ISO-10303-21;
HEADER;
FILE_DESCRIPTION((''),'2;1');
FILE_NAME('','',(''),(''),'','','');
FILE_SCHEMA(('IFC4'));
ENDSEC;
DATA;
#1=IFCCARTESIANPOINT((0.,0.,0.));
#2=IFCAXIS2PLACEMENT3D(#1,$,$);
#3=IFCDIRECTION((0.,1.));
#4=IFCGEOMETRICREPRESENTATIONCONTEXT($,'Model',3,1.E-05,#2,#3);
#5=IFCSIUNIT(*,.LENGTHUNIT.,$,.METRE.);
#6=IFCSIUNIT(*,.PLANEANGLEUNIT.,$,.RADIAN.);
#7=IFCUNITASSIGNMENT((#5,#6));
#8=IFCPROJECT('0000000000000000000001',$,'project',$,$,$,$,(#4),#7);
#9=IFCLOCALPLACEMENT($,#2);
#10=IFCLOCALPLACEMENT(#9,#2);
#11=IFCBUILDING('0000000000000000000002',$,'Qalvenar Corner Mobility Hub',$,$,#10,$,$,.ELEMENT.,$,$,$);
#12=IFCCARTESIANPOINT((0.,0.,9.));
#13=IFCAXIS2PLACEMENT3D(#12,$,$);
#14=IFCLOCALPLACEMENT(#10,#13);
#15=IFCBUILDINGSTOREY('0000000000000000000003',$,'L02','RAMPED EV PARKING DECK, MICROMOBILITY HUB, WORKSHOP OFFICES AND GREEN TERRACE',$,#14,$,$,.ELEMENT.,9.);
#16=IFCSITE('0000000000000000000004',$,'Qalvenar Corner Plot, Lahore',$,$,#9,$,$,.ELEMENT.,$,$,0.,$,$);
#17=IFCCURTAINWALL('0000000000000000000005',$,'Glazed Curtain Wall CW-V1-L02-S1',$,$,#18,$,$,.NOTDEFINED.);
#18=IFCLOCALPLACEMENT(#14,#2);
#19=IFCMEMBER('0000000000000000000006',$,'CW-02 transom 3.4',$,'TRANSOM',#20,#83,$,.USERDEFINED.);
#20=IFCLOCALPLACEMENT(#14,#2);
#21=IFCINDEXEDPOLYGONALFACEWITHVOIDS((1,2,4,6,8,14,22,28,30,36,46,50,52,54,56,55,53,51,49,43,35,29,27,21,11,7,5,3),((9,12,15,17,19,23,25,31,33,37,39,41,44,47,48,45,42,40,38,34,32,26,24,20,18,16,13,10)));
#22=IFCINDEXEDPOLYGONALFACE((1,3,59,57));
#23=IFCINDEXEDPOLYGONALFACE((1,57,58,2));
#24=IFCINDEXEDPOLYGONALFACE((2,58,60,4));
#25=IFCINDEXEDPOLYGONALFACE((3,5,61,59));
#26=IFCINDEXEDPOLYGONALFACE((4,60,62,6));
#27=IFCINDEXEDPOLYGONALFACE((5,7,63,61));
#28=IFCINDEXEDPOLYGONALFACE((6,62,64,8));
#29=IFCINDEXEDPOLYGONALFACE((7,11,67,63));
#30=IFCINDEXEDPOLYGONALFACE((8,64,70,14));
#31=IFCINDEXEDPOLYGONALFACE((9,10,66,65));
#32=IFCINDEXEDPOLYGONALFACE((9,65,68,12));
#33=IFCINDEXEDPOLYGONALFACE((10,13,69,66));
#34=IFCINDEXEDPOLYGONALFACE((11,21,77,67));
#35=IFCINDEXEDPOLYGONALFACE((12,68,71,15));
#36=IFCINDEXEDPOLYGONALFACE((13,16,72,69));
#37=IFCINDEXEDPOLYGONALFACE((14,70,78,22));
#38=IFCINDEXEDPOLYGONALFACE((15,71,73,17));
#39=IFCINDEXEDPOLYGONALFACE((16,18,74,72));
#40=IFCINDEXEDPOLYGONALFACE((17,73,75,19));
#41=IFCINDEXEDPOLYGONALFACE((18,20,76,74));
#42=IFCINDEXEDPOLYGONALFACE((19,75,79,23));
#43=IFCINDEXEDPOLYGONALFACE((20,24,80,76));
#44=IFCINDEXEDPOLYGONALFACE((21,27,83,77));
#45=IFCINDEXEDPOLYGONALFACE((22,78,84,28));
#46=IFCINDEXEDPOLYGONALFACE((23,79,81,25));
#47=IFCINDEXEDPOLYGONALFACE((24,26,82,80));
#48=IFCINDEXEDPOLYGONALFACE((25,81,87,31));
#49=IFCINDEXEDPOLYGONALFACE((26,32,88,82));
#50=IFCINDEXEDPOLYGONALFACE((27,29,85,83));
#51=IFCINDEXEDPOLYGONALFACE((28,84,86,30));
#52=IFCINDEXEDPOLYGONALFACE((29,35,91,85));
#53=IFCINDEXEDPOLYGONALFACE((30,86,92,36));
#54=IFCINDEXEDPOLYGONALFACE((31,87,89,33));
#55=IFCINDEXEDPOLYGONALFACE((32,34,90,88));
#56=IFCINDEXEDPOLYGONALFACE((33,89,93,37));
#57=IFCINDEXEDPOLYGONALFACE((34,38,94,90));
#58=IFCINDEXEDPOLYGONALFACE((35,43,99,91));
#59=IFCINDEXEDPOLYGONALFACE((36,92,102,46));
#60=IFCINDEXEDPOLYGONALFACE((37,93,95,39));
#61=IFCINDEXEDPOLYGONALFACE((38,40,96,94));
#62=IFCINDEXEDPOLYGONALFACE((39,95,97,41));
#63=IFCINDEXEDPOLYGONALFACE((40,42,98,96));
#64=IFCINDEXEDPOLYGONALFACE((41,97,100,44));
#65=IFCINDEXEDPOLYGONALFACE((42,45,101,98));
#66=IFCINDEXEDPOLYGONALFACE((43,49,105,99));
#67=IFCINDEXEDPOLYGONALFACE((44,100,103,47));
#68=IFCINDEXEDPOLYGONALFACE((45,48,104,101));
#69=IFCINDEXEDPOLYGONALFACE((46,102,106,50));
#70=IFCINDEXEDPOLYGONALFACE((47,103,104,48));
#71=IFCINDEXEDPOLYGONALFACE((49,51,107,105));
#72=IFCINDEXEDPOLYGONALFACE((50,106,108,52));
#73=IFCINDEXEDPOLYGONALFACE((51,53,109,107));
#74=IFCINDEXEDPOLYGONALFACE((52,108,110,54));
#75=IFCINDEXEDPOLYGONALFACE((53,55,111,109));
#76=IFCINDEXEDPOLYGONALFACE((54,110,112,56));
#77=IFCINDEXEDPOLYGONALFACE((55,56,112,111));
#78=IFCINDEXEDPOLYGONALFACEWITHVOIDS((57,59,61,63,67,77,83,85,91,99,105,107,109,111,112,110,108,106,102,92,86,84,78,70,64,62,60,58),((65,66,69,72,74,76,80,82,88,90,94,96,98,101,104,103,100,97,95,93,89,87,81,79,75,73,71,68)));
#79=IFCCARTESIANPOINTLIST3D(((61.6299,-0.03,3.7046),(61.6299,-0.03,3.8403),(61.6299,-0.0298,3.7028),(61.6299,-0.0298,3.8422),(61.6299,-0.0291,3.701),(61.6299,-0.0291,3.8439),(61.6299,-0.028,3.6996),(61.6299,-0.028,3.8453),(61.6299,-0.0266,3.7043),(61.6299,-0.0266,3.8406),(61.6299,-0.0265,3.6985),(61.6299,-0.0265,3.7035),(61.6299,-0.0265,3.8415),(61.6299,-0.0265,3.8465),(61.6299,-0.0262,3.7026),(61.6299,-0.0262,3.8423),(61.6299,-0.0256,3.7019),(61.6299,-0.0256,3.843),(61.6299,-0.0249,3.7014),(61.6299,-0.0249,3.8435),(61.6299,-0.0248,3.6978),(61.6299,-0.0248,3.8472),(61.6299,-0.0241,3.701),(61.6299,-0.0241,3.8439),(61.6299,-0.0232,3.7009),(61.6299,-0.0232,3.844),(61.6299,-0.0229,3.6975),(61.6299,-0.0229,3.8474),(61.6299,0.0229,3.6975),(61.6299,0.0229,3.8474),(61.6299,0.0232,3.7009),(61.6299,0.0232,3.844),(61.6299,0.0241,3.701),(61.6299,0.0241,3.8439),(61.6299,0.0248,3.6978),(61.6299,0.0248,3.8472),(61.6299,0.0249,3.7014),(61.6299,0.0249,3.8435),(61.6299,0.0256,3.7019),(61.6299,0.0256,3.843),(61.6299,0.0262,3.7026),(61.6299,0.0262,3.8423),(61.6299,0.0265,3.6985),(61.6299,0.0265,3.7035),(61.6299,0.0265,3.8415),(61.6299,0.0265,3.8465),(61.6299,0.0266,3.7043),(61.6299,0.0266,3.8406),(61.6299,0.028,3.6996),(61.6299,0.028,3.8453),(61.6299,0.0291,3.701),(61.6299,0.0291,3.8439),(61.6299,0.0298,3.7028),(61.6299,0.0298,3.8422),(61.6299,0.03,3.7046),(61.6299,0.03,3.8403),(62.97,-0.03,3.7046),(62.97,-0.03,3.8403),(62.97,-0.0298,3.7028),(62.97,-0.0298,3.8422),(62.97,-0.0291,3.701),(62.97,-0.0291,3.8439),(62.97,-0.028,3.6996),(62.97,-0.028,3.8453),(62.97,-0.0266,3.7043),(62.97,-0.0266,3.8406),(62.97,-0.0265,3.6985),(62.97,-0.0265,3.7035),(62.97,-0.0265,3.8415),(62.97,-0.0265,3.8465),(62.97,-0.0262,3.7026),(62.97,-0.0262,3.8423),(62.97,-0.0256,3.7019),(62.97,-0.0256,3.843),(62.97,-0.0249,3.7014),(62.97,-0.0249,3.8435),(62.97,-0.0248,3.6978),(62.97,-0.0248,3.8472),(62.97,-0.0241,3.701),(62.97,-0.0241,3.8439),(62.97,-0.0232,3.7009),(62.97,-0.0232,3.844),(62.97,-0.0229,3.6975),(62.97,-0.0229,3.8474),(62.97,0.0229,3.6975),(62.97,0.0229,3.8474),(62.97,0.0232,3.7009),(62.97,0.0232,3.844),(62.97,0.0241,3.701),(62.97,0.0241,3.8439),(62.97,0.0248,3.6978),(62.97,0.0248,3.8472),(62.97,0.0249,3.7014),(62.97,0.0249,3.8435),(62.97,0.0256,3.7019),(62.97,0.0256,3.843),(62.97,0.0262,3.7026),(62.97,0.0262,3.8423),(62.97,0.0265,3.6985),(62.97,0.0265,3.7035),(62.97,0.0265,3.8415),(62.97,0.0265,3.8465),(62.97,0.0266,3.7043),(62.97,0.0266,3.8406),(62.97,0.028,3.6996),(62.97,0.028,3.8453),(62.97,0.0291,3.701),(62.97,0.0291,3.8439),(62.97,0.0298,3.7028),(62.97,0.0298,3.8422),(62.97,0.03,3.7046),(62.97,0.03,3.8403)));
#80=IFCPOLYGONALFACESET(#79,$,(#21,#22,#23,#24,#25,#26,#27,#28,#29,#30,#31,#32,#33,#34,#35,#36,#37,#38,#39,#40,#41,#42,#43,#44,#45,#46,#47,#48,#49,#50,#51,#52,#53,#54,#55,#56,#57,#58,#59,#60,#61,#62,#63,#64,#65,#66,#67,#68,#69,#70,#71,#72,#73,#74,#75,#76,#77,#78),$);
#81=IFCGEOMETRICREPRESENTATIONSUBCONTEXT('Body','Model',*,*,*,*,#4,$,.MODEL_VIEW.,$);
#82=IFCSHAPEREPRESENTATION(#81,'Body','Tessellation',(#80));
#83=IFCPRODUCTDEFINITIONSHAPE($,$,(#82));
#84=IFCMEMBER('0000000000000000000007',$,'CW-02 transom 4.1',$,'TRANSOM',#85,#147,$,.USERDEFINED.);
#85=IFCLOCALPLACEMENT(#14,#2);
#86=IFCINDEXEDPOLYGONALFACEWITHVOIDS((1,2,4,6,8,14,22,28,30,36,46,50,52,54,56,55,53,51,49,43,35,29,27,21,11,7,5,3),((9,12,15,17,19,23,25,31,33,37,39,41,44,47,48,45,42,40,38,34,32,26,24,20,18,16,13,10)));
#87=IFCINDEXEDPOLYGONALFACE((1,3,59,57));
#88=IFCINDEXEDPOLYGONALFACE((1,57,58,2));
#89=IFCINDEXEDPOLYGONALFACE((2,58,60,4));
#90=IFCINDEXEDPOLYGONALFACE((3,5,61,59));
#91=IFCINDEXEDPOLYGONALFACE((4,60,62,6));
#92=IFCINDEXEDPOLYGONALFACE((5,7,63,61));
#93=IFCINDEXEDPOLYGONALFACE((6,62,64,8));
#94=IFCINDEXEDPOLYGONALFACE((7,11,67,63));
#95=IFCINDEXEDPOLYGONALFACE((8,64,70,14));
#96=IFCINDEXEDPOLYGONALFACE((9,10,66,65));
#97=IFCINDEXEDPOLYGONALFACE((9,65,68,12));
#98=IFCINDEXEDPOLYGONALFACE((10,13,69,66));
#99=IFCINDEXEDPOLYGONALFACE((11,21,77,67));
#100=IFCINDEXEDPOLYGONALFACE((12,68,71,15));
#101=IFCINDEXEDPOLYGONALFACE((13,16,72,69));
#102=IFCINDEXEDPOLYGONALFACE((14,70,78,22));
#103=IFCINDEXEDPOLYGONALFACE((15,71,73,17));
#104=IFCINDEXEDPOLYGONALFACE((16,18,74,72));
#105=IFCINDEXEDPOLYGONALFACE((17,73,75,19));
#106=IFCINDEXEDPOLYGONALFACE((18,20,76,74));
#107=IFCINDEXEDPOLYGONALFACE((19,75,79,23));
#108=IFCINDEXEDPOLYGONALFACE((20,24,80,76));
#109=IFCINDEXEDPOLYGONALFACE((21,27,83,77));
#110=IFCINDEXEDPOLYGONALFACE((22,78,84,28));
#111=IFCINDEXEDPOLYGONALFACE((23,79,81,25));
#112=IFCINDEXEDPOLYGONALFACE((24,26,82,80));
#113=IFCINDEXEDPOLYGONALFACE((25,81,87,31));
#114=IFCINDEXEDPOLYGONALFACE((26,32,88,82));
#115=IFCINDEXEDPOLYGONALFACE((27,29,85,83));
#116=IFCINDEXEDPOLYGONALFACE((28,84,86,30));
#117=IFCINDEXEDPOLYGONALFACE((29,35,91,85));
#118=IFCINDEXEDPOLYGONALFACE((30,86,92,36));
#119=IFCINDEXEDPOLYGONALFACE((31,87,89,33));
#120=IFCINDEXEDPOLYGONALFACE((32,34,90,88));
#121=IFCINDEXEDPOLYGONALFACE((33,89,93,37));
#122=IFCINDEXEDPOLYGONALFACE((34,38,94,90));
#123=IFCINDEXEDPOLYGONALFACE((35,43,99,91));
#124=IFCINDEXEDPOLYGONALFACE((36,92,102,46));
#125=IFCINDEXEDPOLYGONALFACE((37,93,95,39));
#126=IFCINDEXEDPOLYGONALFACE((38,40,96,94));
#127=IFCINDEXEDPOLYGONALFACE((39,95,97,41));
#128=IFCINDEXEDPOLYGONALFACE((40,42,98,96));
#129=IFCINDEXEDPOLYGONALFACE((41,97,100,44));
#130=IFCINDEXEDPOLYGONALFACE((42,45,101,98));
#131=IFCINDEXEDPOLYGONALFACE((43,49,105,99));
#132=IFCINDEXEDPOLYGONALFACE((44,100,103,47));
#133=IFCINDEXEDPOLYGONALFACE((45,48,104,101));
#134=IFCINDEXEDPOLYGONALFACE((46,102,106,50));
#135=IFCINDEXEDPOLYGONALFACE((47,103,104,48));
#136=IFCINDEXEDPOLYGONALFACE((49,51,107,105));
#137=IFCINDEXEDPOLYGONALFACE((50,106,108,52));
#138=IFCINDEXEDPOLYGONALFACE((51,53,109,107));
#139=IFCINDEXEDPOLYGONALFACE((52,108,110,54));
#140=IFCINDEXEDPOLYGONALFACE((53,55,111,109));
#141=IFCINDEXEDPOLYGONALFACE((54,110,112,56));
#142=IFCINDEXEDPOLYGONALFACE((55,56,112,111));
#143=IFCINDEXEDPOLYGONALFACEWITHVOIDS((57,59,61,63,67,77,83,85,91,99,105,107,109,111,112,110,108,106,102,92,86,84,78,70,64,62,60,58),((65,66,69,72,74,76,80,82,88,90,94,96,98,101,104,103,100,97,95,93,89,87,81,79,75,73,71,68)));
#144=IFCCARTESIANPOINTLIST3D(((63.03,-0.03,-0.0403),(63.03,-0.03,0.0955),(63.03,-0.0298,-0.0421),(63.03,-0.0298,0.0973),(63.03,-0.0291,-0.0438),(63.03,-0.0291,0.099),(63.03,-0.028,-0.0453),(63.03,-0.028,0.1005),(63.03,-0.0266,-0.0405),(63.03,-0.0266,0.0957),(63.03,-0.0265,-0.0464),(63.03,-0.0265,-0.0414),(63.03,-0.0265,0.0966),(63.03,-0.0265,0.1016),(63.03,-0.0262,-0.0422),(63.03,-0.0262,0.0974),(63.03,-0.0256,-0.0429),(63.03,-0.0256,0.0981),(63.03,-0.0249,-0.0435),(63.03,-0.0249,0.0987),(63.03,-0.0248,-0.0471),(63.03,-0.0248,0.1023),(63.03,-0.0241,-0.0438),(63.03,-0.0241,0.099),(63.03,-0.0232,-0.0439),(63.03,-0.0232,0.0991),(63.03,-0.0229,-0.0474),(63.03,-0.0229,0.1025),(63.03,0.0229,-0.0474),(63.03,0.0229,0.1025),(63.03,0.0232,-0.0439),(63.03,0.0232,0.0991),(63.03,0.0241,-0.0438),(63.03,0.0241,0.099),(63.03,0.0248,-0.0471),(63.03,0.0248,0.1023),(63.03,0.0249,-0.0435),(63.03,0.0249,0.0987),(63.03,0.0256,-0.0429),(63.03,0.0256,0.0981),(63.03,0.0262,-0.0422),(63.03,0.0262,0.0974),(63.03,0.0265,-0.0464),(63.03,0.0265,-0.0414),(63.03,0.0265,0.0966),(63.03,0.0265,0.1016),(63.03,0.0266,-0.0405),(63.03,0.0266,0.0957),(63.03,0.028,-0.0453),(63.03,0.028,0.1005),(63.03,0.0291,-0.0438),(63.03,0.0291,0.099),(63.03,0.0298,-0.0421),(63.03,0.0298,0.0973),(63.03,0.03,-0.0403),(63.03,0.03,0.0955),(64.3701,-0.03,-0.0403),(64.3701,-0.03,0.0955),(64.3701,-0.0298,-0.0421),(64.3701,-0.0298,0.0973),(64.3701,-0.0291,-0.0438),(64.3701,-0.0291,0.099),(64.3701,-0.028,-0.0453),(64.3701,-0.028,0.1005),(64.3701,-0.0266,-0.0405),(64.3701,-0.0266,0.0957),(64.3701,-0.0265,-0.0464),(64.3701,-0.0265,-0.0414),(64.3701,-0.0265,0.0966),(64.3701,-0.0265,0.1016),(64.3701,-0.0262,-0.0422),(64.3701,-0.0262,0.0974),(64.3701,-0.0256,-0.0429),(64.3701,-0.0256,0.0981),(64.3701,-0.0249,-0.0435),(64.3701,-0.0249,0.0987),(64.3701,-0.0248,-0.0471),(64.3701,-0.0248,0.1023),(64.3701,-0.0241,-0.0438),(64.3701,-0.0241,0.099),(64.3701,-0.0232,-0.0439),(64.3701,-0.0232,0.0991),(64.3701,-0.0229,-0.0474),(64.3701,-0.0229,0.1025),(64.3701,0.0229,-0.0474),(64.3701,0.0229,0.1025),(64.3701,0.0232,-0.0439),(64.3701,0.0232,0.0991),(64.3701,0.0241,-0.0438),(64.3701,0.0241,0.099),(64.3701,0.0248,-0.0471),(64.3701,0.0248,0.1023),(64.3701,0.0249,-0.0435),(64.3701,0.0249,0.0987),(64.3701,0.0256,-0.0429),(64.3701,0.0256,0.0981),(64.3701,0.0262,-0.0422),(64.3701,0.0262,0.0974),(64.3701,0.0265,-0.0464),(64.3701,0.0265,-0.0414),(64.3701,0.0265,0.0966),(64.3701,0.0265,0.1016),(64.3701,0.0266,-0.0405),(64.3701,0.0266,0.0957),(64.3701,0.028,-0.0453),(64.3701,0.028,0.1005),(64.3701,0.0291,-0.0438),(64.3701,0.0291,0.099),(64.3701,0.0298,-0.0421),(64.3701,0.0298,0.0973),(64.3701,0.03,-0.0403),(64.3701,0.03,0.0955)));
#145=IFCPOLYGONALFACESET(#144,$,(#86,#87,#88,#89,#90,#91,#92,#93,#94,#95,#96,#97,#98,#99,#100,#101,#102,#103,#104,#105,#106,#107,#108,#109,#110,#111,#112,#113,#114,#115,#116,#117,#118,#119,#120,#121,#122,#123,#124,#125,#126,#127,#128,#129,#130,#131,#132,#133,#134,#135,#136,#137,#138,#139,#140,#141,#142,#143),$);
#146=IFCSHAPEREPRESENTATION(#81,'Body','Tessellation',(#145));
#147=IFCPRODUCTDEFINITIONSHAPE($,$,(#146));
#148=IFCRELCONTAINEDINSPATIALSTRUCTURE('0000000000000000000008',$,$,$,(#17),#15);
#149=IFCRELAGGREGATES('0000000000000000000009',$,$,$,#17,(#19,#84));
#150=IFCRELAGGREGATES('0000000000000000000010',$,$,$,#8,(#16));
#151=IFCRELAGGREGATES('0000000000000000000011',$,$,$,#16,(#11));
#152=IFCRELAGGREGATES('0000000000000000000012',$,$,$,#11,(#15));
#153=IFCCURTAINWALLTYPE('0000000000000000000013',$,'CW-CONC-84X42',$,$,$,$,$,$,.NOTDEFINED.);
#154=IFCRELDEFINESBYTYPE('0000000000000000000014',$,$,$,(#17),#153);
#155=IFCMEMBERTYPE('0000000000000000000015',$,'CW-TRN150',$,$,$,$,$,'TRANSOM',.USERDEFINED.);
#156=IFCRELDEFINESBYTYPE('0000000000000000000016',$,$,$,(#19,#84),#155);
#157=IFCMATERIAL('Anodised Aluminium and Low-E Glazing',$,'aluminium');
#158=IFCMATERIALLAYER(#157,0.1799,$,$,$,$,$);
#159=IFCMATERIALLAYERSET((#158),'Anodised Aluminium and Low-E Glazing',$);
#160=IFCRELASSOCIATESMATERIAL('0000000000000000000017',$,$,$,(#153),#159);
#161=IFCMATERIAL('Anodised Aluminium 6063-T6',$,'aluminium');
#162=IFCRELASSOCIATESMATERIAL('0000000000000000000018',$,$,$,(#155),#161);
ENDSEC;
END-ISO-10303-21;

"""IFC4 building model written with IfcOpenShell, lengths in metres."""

from ifc_helpers import new_model, si_unit, direction, frame, origin, origin_2d, place, context, subcontext, project, spatial, hollow_rectangle, extrude, material, layer, layer_set, material_profile, profile_set, type_object, element, aggregate, save


model = new_model("IFC4")

# Units and contexts
model_context = context("Model", 3, precision=1e-05, world=origin(), true_north=direction((0.0, 1.0)))
body_context = subcontext(model_context, "Body", "Model", "MODEL_VIEW")
ifc_project = project(units=[si_unit("LENGTHUNIT", "METRE"), si_unit("PLANEANGLEUNIT", "RADIAN")], contexts=[model_context])

# Site, building, storey
site_placement = place(None, origin())
site = spatial("IfcSite", under=ifc_project, at=site_placement, Name="Qalvenar Corner Plot, Lahore", CompositionType="ELEMENT", RefElevation=0.0)
building_placement = place(site_placement, origin())
building = spatial("IfcBuilding", under=site, at=building_placement, Name="Qalvenar Corner Mobility Hub", CompositionType="ELEMENT")
storey_placement = place(building_placement, frame((0.0, 0.0, 9.0)))
storey = spatial("IfcBuildingStorey", under=building, at=storey_placement, Name="L02", Description="RAMPED EV PARKING DECK, MICROMOBILITY HUB, WORKSHOP OFFICES AND GREEN TERRACE", CompositionType="ELEMENT", Elevation=9.0)

# Curtain wall, members
ifc_material_1 = material(Name="Anodised Aluminium and Low-E Glazing", Category="aluminium")
ifc_layer_1 = layer(ifc_material_1, 0.1799)
ifc_layer_set_1 = layer_set([ifc_layer_1], Name="Anodised Aluminium and Low-E Glazing")
curtain_wall_type = type_object("IfcCurtainWallType", Name="CW-CONC-84X42", PredefinedType="NOTDEFINED", material=ifc_layer_set_1)
curtain_wall_placement = place(storey_placement, origin())
curtain_wall = element("IfcCurtainWall", 1, at=curtain_wall_placement, inside=storey, type_object=curtain_wall_type, Name="Glazed Curtain Wall CW-V1-L02-S1", PredefinedType="NOTDEFINED")
ifc_material_2 = material(Name="Anodised Aluminium 6063-T6", Category="aluminium")
ifc_material_profile_1 = material_profile(ifc_material_2, hollow_rectangle(XDim=0.0601, YDim=0.1499, WallThickness=0.0034, InnerFilletRadius=0.0034, OuterFilletRadius=0.0071, at=origin_2d()), Name="RHS150x60x3.5")
ifc_profile_set_1 = profile_set([ifc_material_profile_1], Name="Anodised Aluminium 6063-T6")
member_type_1 = type_object("IfcMemberType", Name="CW-TRN150", ElementType="TRANSOM", PredefinedType="USERDEFINED", material=ifc_profile_set_1)
member_1_placement = place(storey_placement, frame((61.6299, 0.0, 3.7725), z_axis=(1.0, 0.0, 0.0), x_axis=(0.0, 1.0, 0.0)))
member_1 = element("IfcMember", 2, at=member_1_placement, type_object=member_type_1, Name="CW-02 transom 3.4", ObjectType="TRANSOM", PredefinedType="USERDEFINED", context=body_context, shape_type="SweptSolid", body=[
    extrude(hollow_rectangle(XDim=0.0601, YDim=0.1499, WallThickness=0.0034, InnerFilletRadius=0.0034, OuterFilletRadius=0.0071, at=origin_2d()), origin(), (0.0, 0.0, 1.0), 1.3401),
])
member_2_placement = place(storey_placement, frame((63.03, 0.0, 0.0276), z_axis=(1.0, 0.0, 0.0), x_axis=(0.0, 1.0, 0.0)))
member_2 = element("IfcMember", 3, at=member_2_placement, type_object=member_type_1, Name="CW-02 transom 4.1", ObjectType="TRANSOM", PredefinedType="USERDEFINED", context=body_context, shape_type="SweptSolid", body=[
    extrude(hollow_rectangle(XDim=0.0601, YDim=0.1499, WallThickness=0.0034, InnerFilletRadius=0.0034, OuterFilletRadius=0.0071, at=origin_2d()), origin(), (0.0, 0.0, 1.0), 1.3401),
])

aggregate(curtain_wall, [member_1, member_2])

save(model, "model.ifc")
